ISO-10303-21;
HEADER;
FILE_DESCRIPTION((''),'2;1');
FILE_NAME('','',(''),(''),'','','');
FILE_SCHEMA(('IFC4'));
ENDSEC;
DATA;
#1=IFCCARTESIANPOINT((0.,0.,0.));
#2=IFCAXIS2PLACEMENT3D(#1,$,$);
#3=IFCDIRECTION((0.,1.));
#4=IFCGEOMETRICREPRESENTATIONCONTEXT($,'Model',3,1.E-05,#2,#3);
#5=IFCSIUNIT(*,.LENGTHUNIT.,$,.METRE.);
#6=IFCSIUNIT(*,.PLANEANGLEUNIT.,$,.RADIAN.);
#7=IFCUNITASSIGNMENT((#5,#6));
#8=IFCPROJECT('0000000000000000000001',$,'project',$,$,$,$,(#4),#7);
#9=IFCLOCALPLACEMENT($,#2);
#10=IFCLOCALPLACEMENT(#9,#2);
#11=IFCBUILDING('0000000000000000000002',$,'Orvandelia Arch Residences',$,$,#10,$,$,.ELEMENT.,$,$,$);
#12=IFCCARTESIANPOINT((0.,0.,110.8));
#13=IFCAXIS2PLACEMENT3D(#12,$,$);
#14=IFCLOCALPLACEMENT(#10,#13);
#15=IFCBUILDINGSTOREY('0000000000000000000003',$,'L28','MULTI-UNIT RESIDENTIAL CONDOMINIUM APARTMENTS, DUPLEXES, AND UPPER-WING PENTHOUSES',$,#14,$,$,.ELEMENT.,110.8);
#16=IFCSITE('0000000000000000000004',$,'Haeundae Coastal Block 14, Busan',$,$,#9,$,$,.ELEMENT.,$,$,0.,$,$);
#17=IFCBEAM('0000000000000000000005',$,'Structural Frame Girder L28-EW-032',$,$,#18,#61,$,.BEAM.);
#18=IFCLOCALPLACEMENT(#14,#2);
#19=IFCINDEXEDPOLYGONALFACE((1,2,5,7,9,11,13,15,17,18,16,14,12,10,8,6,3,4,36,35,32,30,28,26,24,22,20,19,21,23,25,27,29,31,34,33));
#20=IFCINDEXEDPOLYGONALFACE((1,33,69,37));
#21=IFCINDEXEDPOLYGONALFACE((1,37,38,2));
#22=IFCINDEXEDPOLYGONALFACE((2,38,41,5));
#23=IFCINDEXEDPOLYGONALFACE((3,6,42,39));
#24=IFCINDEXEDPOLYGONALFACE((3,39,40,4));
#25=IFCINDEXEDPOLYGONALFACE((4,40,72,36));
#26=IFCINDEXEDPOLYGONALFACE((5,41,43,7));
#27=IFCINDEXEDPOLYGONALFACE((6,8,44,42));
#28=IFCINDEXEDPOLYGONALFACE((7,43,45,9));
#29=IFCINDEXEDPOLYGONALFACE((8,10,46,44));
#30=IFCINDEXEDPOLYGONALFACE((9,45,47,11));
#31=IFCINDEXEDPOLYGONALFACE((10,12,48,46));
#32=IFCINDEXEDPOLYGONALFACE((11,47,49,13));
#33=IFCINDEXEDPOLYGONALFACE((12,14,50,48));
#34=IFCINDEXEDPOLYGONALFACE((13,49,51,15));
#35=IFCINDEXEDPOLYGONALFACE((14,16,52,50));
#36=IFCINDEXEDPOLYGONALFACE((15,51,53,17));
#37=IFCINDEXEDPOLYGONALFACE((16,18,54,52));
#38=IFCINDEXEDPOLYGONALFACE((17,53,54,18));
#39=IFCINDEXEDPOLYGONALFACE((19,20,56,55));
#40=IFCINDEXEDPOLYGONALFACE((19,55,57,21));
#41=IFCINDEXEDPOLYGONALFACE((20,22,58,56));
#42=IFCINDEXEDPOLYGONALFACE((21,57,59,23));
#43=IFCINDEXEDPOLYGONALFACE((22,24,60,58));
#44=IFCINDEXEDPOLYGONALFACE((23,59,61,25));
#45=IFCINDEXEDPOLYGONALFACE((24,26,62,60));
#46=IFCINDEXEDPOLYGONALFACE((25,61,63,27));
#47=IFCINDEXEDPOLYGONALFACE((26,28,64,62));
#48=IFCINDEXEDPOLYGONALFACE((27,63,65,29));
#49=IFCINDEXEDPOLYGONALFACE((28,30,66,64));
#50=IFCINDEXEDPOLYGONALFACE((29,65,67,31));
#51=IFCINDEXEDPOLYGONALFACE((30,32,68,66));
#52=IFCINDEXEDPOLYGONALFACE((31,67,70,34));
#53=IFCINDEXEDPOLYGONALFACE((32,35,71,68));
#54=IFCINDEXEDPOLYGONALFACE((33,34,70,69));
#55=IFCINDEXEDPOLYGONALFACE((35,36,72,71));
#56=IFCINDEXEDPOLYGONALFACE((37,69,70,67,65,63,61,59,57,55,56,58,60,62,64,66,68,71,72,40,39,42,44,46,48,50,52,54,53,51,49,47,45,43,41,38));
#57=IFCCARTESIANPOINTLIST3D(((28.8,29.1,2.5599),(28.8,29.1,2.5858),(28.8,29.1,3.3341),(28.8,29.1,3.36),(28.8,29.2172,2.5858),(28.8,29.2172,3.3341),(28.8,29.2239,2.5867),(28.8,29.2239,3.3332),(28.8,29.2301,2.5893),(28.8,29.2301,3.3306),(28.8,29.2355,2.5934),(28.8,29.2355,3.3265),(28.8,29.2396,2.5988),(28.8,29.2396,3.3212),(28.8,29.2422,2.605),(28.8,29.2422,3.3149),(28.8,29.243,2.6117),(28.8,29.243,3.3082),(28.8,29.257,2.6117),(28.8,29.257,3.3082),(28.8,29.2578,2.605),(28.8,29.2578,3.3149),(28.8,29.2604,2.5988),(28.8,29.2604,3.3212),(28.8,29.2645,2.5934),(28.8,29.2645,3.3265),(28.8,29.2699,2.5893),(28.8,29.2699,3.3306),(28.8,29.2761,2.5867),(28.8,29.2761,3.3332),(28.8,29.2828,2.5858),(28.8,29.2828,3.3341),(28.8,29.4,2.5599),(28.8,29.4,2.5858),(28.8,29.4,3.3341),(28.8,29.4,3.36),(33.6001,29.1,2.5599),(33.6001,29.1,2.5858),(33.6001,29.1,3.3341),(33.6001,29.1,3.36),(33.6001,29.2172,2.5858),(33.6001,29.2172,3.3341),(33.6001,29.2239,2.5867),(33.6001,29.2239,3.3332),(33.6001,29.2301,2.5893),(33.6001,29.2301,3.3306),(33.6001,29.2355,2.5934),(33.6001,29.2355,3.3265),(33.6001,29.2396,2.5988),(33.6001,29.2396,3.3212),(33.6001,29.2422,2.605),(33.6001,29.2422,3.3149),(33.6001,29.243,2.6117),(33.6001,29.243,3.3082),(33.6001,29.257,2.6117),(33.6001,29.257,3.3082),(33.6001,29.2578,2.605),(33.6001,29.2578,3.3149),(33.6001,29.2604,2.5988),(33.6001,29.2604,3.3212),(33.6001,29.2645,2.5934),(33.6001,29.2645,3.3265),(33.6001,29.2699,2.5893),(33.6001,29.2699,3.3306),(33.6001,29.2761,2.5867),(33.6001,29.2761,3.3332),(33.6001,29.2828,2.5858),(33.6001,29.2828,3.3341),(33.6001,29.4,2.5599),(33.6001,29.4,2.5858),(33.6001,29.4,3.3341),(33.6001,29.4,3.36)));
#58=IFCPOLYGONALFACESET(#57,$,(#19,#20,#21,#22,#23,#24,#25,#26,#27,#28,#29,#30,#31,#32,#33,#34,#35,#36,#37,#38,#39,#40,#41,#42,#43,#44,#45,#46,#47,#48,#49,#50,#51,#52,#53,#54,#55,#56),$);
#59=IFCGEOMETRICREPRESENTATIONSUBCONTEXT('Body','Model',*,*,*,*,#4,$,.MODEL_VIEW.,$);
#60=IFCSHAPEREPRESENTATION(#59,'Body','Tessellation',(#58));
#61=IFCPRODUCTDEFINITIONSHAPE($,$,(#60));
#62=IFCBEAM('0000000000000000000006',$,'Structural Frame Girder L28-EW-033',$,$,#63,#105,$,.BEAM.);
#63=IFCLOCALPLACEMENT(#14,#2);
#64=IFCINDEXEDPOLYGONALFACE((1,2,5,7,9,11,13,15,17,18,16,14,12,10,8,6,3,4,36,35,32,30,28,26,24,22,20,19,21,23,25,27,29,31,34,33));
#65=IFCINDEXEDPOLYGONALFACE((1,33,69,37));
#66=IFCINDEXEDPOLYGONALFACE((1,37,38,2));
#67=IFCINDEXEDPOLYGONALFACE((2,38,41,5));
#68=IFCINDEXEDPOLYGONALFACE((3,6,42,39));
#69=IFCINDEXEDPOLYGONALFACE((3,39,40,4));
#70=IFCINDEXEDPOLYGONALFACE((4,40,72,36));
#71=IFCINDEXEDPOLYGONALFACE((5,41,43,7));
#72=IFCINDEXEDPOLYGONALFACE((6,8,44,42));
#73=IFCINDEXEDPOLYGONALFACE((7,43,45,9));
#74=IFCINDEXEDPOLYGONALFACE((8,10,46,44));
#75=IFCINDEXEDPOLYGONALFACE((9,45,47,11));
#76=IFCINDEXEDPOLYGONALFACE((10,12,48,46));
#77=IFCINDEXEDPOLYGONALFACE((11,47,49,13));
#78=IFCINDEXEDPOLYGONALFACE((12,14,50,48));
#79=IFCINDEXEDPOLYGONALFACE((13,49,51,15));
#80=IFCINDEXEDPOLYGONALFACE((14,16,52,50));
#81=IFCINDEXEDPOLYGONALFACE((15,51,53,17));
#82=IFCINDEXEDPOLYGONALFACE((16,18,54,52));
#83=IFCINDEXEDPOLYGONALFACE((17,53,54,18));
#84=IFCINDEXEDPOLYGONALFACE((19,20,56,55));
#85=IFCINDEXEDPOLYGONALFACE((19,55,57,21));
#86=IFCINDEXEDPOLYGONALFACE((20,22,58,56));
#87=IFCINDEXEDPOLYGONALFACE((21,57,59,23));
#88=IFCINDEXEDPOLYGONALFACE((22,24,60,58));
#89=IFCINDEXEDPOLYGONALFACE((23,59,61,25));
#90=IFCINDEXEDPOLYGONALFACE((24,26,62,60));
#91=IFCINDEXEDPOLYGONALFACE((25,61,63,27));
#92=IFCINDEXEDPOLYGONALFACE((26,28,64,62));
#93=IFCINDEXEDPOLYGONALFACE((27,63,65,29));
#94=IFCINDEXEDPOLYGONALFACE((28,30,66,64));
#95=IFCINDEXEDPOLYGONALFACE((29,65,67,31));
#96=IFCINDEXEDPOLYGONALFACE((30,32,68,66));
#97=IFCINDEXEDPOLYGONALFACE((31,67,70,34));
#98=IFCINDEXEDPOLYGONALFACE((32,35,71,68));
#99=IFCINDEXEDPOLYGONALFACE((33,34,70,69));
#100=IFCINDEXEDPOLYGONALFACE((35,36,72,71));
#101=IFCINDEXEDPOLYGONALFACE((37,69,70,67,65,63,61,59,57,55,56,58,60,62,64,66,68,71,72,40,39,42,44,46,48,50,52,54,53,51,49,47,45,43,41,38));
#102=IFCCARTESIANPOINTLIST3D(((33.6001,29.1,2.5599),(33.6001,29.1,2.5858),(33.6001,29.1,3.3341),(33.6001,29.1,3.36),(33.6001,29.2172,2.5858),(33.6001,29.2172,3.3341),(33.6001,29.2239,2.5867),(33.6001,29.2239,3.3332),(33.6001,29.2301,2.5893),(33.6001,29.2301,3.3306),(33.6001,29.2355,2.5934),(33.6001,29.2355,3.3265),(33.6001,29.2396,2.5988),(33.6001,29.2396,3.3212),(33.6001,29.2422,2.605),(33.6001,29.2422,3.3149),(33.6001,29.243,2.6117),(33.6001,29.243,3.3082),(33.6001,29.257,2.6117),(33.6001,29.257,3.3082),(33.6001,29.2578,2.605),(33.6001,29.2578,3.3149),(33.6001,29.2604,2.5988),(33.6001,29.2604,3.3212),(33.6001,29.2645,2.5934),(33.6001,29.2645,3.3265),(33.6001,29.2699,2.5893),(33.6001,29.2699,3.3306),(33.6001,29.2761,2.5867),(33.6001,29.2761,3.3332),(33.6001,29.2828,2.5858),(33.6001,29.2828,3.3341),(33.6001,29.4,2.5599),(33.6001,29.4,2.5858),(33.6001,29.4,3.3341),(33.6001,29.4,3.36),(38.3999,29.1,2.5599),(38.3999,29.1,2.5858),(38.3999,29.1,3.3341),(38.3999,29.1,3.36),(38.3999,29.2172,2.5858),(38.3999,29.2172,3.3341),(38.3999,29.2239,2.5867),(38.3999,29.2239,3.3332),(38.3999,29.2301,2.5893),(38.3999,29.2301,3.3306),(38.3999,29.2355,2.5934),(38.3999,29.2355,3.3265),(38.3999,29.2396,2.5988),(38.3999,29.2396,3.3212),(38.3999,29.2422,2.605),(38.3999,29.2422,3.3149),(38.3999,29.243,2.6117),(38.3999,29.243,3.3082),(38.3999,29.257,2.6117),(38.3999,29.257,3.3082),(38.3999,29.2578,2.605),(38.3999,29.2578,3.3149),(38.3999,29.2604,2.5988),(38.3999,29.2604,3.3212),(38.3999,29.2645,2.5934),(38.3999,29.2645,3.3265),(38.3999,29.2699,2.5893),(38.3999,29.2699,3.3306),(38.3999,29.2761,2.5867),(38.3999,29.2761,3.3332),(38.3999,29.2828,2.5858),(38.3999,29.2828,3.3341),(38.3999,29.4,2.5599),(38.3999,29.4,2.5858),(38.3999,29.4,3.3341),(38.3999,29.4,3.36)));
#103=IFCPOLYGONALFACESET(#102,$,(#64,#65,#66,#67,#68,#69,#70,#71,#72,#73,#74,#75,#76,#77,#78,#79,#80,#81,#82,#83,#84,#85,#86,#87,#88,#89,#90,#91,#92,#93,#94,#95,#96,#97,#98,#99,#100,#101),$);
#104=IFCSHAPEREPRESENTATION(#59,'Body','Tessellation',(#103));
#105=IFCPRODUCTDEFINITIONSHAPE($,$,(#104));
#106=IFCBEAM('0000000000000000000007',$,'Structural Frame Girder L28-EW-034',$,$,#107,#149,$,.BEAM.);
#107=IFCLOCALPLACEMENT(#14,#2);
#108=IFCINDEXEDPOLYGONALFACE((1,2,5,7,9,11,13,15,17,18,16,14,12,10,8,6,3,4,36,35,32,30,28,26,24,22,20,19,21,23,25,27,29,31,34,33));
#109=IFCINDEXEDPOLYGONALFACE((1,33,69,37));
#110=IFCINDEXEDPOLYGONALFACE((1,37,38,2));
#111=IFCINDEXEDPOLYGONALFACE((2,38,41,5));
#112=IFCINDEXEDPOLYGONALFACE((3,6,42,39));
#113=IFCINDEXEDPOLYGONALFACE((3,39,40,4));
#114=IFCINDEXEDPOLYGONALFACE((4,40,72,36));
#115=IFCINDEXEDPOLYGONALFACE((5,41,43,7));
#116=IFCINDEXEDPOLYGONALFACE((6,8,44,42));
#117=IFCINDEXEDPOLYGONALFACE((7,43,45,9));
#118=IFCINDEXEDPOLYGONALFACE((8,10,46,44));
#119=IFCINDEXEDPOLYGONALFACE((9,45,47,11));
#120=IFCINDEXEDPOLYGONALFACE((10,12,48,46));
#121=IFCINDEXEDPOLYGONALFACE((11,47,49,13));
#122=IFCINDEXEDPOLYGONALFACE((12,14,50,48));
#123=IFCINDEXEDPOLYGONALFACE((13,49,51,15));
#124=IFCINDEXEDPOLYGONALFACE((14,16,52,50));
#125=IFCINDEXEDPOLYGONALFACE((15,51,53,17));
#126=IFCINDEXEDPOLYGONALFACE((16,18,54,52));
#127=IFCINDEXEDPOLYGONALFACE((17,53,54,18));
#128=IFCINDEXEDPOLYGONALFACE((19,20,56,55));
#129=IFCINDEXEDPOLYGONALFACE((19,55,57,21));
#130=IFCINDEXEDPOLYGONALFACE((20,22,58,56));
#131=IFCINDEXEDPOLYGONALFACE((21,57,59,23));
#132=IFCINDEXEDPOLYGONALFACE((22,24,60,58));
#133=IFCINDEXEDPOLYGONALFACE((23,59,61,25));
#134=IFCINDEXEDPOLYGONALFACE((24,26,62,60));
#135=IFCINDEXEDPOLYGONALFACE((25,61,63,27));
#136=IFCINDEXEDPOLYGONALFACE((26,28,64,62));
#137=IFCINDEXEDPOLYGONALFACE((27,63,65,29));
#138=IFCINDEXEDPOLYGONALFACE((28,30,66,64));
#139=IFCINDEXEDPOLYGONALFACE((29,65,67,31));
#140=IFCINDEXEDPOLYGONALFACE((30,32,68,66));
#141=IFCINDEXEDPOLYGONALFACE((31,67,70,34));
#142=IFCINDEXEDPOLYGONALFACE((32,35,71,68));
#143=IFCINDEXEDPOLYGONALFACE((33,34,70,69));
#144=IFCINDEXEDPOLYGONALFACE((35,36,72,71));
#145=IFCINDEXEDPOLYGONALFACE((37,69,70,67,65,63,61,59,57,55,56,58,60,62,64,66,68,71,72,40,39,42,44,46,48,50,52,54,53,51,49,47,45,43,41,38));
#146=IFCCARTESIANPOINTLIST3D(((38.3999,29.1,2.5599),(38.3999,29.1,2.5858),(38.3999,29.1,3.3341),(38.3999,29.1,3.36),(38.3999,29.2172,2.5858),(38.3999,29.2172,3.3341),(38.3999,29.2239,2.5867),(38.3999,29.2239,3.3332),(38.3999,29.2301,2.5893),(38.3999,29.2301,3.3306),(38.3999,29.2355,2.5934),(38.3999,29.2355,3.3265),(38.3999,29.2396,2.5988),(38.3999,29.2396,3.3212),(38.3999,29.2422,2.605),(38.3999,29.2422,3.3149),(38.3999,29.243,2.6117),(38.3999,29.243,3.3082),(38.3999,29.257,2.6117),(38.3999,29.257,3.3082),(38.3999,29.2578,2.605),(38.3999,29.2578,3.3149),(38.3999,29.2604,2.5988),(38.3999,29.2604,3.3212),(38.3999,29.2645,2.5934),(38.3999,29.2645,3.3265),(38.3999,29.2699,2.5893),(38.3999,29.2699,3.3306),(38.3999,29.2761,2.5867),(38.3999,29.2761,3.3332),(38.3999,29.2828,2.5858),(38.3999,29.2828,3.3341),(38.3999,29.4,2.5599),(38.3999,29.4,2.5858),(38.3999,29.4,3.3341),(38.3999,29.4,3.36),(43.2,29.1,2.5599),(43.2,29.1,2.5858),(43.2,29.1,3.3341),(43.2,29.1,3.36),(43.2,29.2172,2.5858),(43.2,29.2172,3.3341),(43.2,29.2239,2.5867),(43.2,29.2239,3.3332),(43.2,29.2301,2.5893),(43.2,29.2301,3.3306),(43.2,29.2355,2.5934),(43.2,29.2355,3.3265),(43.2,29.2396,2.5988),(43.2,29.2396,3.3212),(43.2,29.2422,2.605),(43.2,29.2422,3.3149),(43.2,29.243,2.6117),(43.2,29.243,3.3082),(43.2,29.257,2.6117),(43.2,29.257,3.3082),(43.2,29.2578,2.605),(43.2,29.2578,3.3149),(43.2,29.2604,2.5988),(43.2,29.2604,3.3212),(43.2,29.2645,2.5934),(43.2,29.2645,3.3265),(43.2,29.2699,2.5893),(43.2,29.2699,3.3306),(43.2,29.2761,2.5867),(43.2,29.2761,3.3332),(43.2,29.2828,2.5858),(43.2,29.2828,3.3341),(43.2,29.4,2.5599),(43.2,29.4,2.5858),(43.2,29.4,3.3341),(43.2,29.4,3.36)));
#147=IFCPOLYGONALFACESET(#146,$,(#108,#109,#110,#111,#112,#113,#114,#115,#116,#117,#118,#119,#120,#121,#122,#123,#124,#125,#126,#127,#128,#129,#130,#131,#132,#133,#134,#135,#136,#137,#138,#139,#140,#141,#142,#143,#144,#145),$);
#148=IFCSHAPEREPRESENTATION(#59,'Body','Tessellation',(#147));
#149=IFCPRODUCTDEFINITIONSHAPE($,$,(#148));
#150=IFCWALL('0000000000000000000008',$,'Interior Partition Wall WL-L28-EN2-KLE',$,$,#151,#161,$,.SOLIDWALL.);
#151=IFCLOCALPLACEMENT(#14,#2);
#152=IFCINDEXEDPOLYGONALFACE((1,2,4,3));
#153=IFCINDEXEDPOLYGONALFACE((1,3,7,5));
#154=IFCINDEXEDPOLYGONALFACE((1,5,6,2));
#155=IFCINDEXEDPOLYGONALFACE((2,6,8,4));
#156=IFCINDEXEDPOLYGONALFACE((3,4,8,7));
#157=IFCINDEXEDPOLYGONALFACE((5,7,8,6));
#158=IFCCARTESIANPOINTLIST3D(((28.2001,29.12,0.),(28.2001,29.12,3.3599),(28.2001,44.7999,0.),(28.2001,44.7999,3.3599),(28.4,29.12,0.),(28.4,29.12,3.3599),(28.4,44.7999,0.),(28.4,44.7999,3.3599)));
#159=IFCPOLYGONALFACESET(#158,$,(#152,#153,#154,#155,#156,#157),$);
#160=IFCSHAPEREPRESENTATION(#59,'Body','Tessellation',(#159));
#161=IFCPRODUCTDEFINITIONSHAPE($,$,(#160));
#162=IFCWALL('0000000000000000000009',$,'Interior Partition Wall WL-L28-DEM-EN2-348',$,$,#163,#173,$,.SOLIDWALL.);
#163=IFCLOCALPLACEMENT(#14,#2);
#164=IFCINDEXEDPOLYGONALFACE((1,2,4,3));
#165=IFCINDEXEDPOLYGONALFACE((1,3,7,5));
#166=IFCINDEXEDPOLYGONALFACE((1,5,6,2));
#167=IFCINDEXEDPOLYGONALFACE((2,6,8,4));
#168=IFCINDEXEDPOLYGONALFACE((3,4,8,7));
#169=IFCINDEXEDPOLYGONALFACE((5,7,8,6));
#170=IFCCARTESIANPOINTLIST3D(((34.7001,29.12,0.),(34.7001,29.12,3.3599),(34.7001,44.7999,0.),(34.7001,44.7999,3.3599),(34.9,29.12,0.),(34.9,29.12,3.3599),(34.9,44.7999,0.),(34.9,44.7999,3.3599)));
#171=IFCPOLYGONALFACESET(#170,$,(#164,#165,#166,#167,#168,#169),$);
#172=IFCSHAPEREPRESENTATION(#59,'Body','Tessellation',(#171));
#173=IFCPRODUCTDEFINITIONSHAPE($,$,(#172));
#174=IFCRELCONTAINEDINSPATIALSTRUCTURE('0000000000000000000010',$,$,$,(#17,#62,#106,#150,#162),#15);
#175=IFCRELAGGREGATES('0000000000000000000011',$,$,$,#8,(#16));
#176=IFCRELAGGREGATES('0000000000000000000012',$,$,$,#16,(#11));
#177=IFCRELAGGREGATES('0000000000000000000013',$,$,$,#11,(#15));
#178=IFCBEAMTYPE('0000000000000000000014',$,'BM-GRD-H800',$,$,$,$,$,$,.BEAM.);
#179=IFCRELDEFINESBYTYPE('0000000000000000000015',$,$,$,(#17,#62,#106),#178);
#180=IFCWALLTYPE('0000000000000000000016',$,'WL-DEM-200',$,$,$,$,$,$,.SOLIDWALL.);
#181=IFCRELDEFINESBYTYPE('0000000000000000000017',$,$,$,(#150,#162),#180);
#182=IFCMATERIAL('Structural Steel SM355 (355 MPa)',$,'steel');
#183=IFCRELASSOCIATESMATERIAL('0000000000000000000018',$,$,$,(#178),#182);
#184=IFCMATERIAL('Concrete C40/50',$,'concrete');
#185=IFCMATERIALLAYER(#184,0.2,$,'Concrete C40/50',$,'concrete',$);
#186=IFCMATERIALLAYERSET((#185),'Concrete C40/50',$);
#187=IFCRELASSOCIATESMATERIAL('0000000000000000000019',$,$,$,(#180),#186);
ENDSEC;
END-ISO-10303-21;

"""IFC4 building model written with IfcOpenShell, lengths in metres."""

from ifc_helpers import new_model, si_unit, direction, frame, frame_2d, origin, origin_2d, place, context, subcontext, project, spatial, rectangle, i_section, extrude, material, layer, layer_set, material_profile, profile_set, type_object, element, save


model = new_model("IFC4")

# Units and contexts
model_context = context("Model", 3, precision=1e-05, world=origin(), true_north=direction((0.0, 1.0)))
body_context = subcontext(model_context, "Body", "Model", "MODEL_VIEW")
ifc_project = project(units=[si_unit("LENGTHUNIT", "METRE"), si_unit("PLANEANGLEUNIT", "RADIAN")], contexts=[model_context])

# Site, building, storey
site_placement = place(None, origin())
site = spatial("IfcSite", under=ifc_project, at=site_placement, Name="Haeundae Coastal Block 14, Busan", CompositionType="ELEMENT", RefElevation=0.0)
building_placement = place(site_placement, origin())
building = spatial("IfcBuilding", under=site, at=building_placement, Name="Orvandelia Arch Residences", CompositionType="ELEMENT")
storey_placement = place(building_placement, frame((0.0, 0.0, 110.8)))
storey = spatial("IfcBuildingStorey", under=building, at=storey_placement, Name="L28", Description="MULTI-UNIT RESIDENTIAL CONDOMINIUM APARTMENTS, DUPLEXES, AND UPPER-WING PENTHOUSES", CompositionType="ELEMENT", Elevation=110.8)

# Beams
ifc_material_1 = material(Name="Structural Steel SM355 (355 MPa)", Category="steel")
ifc_material_profile_1 = material_profile(ifc_material_1, i_section(OverallWidth=0.3, OverallDepth=0.8, WebThickness=0.0139, FlangeThickness=0.0259, FilletRadius=0.0259, at=origin_2d()), Name="Structural Steel SM355 (355 MPa)", Category="steel")
ifc_profile_set_1 = profile_set([ifc_material_profile_1], Name="Structural Steel SM355 (355 MPa)")
beam_type = type_object("IfcBeamType", Name="BM-GRD-H800", PredefinedType="BEAM", material=ifc_profile_set_1)
beam_1_placement = place(storey_placement, frame((28.8, 29.25, 2.96), z_axis=(1.0, 0.0, 0.0), x_axis=(0.0, 1.0, 0.0)))
element("IfcBeam", 1, at=beam_1_placement, inside=storey, type_object=beam_type, Name="Structural Frame Girder L28-EW-032", PredefinedType="BEAM", context=body_context, shape_type="SweptSolid", body=[
    extrude(i_section(OverallWidth=0.3, OverallDepth=0.8, WebThickness=0.0139, FlangeThickness=0.0259, FilletRadius=0.0259, at=origin_2d()), origin(), (0.0, 0.0, 1.0), 4.8),
])
beam_2_placement = place(storey_placement, frame((33.6001, 29.25, 2.96), z_axis=(1.0, 0.0, 0.0), x_axis=(0.0, 1.0, 0.0)))
element("IfcBeam", 2, at=beam_2_placement, inside=storey, type_object=beam_type, Name="Structural Frame Girder L28-EW-033", PredefinedType="BEAM", context=body_context, shape_type="SweptSolid", body=[
    extrude(i_section(OverallWidth=0.3, OverallDepth=0.8, WebThickness=0.0139, FlangeThickness=0.0259, FilletRadius=0.0259, at=origin_2d()), origin(), (0.0, 0.0, 1.0), 4.7998),
])
beam_3_placement = place(storey_placement, frame((38.3999, 29.25, 2.96), z_axis=(1.0, 0.0, 0.0), x_axis=(0.0, 1.0, 0.0)))
element("IfcBeam", 3, at=beam_3_placement, inside=storey, type_object=beam_type, Name="Structural Frame Girder L28-EW-034", PredefinedType="BEAM", context=body_context, shape_type="SweptSolid", body=[
    extrude(i_section(OverallWidth=0.3, OverallDepth=0.8, WebThickness=0.0139, FlangeThickness=0.0259, FilletRadius=0.0259, at=origin_2d()), origin(), (0.0, 0.0, 1.0), 4.8),
])

# Walls
ifc_material_2 = material(Name="Concrete C40/50", Category="concrete")
ifc_layer_1 = layer(ifc_material_2, 0.2, Name="Concrete C40/50", Category="concrete")
ifc_layer_set_1 = layer_set([ifc_layer_1], Name="Concrete C40/50")
wall_type_1 = type_object("IfcWallType", Name="WL-DEM-200", PredefinedType="SOLIDWALL", material=ifc_layer_set_1)
for number, where, z_axis, x_axis, name in (
    (4, (28.3, 29.1201, 0.0), (0.0, 0.0, 1.0), (0.0, 1.0, 0.0), "Interior Partition Wall WL-L28-EN2-KLE"),
    (5, (34.8, 29.1201, 0.0), (0.0, 0.0, 1.0), (0.0, 1.0, 0.0), "Interior Partition Wall WL-L28-DEM-EN2-348"),
):
    element("IfcWall", number, at=place(storey_placement, frame(where, z_axis=z_axis, x_axis=x_axis)), inside=storey, type_object=wall_type_1, Name=name, PredefinedType="SOLIDWALL", context=body_context, shape_type="SweptSolid", body=[
        extrude(rectangle(XDim=15.6799, YDim=0.2, at=frame_2d((7.8398, 0.0))), origin(), (0.0, 0.0, 1.0), 3.3599),
    ])

save(model, "model.ifc")
